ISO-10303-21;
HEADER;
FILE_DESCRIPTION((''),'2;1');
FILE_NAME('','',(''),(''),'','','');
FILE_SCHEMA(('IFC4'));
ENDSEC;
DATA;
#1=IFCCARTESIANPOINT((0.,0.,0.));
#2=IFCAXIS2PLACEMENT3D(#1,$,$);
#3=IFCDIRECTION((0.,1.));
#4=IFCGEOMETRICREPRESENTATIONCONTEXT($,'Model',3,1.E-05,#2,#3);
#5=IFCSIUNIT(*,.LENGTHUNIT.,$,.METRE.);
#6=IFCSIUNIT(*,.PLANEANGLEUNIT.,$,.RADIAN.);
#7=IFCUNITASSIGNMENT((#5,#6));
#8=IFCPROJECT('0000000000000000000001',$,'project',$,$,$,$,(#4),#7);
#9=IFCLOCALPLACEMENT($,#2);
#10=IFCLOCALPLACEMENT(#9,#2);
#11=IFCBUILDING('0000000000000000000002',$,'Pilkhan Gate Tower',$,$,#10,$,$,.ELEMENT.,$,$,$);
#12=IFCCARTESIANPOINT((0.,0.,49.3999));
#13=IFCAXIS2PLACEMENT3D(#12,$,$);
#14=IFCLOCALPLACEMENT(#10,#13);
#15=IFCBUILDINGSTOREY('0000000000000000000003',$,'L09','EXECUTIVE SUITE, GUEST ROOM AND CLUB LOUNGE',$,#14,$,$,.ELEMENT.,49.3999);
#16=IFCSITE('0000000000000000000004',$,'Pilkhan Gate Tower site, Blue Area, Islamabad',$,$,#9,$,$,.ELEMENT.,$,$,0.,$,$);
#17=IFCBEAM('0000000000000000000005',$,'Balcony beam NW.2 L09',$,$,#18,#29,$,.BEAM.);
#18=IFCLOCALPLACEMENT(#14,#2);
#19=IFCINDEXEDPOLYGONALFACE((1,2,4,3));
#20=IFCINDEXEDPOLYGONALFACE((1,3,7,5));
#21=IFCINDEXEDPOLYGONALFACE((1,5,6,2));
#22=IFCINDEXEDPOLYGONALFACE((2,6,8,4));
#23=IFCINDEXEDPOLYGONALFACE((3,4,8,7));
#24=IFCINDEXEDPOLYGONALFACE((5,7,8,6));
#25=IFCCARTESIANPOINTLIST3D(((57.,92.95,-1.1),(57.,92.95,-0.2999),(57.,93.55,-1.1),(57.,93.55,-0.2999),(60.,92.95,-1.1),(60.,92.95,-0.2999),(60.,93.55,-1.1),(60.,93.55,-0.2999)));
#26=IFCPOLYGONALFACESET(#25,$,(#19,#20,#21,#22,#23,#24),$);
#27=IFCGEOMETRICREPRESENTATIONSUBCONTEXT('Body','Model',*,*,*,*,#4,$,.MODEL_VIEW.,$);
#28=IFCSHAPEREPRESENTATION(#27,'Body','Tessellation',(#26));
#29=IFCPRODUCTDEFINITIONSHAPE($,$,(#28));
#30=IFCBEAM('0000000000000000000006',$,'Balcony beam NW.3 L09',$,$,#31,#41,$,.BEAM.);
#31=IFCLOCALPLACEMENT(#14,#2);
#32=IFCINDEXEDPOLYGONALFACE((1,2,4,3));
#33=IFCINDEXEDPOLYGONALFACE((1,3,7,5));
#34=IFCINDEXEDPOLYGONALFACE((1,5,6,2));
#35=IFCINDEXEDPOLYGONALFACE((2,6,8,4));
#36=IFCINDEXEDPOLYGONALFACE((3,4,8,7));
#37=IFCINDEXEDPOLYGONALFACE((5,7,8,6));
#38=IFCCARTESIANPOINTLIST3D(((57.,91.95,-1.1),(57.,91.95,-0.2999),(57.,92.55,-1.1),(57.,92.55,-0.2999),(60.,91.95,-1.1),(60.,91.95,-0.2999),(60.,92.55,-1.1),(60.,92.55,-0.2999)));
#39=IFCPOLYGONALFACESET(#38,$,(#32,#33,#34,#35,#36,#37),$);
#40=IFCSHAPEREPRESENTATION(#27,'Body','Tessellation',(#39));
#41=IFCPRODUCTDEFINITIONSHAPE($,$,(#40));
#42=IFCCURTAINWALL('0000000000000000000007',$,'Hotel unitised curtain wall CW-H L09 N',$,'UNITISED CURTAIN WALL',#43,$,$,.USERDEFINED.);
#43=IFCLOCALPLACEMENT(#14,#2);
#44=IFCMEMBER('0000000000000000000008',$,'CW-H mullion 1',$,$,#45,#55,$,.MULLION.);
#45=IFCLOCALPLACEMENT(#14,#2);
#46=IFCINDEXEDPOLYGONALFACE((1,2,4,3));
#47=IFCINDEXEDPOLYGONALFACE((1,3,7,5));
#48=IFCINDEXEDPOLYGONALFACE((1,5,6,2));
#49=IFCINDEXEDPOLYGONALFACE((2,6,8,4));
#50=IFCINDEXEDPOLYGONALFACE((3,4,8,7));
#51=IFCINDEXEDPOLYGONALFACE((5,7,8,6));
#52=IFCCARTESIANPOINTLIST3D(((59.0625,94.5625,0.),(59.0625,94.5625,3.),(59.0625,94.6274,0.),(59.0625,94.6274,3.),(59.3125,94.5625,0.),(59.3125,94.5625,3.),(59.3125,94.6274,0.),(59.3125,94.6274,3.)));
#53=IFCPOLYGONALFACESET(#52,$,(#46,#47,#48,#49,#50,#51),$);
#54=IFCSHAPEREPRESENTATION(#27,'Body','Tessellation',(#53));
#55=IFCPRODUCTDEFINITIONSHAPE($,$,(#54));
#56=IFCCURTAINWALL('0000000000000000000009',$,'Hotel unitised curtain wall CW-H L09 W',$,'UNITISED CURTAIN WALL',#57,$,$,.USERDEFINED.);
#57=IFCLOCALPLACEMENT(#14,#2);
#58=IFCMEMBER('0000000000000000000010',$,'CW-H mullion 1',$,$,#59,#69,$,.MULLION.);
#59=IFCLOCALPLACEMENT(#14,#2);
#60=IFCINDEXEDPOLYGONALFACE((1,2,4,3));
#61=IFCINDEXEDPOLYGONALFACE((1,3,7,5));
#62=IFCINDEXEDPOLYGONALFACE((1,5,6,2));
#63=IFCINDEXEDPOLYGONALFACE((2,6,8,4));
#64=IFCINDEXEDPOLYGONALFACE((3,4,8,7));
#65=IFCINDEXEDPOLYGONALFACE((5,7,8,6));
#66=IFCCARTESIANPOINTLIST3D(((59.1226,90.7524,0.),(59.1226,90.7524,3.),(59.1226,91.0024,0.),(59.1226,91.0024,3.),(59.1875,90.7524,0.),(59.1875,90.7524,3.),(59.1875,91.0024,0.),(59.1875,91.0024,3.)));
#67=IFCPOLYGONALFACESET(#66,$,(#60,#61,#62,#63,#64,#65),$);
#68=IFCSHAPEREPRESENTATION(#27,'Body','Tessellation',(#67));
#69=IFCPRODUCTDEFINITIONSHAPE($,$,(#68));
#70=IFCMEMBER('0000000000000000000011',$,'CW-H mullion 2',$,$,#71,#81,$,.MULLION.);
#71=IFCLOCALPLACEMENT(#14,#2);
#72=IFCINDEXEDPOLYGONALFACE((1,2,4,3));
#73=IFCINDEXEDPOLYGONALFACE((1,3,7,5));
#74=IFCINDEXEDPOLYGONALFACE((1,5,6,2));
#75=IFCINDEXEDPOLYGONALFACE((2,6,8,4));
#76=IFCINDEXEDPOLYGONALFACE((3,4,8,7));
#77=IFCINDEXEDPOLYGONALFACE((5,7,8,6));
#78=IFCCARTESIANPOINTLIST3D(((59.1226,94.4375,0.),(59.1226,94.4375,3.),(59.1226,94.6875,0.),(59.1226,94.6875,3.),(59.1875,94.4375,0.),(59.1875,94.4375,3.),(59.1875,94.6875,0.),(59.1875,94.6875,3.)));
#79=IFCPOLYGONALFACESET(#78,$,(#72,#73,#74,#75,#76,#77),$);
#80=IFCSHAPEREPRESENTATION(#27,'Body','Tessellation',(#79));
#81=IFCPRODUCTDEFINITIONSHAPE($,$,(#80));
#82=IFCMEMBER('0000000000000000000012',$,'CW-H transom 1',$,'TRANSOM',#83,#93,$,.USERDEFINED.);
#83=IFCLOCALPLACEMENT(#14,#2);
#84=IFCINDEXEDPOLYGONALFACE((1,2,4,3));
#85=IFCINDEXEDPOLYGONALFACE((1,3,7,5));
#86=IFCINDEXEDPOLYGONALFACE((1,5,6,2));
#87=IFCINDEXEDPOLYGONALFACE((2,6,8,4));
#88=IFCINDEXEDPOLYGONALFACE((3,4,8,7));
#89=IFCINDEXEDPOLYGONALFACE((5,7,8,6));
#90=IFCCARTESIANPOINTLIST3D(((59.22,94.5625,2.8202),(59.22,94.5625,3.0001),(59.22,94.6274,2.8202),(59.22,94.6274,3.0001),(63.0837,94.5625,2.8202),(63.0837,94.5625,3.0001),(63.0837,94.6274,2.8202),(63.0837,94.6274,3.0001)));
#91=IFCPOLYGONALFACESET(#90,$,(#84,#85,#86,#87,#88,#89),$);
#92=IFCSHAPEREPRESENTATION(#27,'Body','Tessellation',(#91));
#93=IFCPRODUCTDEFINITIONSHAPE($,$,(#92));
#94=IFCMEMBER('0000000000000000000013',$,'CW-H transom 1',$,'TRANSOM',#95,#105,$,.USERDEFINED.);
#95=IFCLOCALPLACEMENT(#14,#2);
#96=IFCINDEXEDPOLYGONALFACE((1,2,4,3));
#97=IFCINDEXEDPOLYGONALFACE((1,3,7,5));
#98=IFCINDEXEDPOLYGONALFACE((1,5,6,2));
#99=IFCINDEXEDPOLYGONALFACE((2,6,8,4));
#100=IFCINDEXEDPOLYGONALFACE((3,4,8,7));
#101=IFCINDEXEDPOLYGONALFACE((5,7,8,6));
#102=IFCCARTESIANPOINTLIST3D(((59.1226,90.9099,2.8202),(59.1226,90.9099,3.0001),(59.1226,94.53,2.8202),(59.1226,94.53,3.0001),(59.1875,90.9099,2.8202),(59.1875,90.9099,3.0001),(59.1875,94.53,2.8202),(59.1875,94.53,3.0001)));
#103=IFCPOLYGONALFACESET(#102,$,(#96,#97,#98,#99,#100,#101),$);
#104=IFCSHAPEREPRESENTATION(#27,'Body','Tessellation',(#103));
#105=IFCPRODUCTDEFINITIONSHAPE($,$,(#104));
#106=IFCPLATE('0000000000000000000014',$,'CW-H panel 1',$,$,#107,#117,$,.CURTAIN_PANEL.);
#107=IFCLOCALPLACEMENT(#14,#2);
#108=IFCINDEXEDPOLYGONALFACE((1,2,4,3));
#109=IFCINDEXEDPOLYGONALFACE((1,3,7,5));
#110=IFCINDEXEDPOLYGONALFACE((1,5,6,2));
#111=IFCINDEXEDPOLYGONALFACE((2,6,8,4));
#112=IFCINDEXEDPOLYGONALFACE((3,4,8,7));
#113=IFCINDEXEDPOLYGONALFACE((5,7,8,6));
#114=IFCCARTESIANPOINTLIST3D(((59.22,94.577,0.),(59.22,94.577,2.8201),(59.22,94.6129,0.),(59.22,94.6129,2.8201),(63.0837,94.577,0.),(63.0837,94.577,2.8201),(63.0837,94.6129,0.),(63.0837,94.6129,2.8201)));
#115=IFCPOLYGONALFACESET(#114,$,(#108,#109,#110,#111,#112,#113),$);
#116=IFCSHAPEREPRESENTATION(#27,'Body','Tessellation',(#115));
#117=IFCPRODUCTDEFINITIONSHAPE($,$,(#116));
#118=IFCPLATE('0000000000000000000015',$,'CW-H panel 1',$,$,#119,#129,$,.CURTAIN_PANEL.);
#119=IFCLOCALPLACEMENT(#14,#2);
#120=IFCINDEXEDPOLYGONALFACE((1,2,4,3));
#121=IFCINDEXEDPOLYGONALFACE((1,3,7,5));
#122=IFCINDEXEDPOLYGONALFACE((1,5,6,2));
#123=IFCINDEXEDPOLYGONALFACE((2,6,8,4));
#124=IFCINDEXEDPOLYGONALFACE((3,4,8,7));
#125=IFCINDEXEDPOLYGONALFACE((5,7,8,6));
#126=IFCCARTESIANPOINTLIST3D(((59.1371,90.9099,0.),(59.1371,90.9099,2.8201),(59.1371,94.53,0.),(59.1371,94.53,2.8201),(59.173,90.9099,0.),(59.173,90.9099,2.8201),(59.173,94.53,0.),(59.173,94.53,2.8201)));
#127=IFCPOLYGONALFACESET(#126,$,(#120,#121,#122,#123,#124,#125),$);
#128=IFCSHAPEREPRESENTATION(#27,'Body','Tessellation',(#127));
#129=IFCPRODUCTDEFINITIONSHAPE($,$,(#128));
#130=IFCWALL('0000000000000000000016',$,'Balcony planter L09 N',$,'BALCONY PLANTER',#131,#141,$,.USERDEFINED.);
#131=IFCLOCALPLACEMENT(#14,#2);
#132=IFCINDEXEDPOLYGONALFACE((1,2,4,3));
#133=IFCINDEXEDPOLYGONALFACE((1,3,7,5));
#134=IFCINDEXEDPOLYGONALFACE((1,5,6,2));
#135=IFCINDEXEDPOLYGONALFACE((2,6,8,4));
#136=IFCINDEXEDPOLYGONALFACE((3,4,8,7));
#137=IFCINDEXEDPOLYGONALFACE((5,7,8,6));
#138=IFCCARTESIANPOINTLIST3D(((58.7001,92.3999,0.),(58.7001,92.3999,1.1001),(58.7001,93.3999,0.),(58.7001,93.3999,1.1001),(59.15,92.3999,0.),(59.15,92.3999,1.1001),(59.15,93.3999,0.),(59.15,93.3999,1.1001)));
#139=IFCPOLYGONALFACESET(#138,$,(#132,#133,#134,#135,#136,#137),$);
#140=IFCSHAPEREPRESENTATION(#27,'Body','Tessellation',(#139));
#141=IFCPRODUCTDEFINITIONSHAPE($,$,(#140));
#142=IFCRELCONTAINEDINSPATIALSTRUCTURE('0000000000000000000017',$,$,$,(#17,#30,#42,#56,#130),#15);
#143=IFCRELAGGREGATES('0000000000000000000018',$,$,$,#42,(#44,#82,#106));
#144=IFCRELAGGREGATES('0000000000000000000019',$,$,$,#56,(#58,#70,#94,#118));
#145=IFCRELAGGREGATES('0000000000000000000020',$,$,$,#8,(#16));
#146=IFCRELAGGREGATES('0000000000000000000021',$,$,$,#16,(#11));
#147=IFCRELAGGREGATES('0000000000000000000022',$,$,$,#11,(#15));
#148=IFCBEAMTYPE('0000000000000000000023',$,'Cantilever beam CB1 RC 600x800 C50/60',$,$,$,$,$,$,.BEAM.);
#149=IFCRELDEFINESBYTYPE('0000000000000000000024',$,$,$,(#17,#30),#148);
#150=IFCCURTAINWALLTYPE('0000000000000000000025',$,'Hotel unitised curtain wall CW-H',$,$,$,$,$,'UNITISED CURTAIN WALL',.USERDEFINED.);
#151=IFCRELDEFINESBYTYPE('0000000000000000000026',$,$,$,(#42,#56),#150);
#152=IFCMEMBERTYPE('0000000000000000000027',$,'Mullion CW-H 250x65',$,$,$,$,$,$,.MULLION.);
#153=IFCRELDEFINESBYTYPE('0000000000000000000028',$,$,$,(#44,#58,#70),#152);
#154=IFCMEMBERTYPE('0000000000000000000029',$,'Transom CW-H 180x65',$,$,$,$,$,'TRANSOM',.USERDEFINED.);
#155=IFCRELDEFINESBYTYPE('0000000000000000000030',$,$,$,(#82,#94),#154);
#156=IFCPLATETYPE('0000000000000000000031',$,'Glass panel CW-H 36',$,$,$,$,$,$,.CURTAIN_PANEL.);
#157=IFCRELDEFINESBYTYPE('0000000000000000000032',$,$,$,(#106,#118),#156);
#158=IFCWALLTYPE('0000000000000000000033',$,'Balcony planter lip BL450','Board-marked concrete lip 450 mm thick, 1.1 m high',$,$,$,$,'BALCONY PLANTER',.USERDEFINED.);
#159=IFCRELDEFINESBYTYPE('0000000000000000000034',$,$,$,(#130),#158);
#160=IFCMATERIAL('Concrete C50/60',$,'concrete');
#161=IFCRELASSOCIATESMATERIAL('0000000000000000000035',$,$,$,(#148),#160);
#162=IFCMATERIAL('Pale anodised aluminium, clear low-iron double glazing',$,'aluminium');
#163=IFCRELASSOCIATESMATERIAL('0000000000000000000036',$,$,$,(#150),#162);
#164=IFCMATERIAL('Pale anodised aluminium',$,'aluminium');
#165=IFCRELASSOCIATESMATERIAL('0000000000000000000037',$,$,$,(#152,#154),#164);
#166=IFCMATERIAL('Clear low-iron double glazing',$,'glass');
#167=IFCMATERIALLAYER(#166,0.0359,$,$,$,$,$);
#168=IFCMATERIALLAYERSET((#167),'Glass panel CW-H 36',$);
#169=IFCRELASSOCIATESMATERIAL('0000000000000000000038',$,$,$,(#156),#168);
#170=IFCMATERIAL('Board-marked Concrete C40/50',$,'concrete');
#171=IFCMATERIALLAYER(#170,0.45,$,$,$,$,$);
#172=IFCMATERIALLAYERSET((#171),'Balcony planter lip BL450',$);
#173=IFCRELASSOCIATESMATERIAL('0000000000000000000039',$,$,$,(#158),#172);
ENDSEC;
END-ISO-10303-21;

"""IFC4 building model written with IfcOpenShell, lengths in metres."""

from ifc_helpers import new_model, si_unit, direction, frame, frame_2d, origin, origin_2d, place, context, subcontext, project, spatial, rectangle, extrude, material, layer, layer_set, material_profile, profile_set, type_object, element, aggregate, save


model = new_model("IFC4")

# Units and contexts
model_context = context("Model", 3, precision=1e-05, world=origin(), true_north=direction((0.0, 1.0)))
body_context = subcontext(model_context, "Body", "Model", "MODEL_VIEW")
ifc_project = project(units=[si_unit("LENGTHUNIT", "METRE"), si_unit("PLANEANGLEUNIT", "RADIAN")], contexts=[model_context])

# Site, building, storey
site_placement = place(None, origin())
site = spatial("IfcSite", under=ifc_project, at=site_placement, Name="Pilkhan Gate Tower site, Blue Area, Islamabad", CompositionType="ELEMENT", RefElevation=0.0)
building_placement = place(site_placement, origin())
building = spatial("IfcBuilding", under=site, at=building_placement, Name="Pilkhan Gate Tower", CompositionType="ELEMENT")
storey_placement = place(building_placement, frame((0.0, 0.0, 49.3999)))
storey = spatial("IfcBuildingStorey", under=building, at=storey_placement, Name="L09", Description="EXECUTIVE SUITE, GUEST ROOM AND CLUB LOUNGE", CompositionType="ELEMENT", Elevation=49.3999)

# Beams
ifc_material_1 = material(Name="Concrete C50/60", Category="concrete")
ifc_material_profile_1 = material_profile(ifc_material_1, rectangle(XDim=0.6001, YDim=0.8, at=origin_2d()), Name="RC 600x800")
ifc_profile_set_1 = profile_set([ifc_material_profile_1], Name="Concrete C50/60")
beam_type = type_object("IfcBeamType", Name="Cantilever beam CB1 RC 600x800 C50/60", PredefinedType="BEAM", material=ifc_profile_set_1)
for number, where, z_axis, x_axis, name in (
    (1, (60.0, 93.25, -0.7), (-1.0, 0.0, 0.0), (0.0, -1.0, 0.0), "Balcony beam NW.2 L09"),
    (2, (60.0, 92.25, -0.7), (-1.0, 0.0, 0.0), (0.0, -1.0, 0.0), "Balcony beam NW.3 L09"),
):
    element("IfcBeam", number, at=place(storey_placement, frame(where, z_axis=z_axis, x_axis=x_axis)), inside=storey, type_object=beam_type, Name=name, PredefinedType="BEAM", context=body_context, shape_type="SweptSolid", body=[
        extrude(rectangle(XDim=0.6001, YDim=0.8, at=origin_2d()), origin(), (0.0, 0.0, 1.0), 3.0),
    ])

# Curtain wall, member
ifc_material_2 = material(Name="Pale anodised aluminium, clear low-iron double glazing", Category="aluminium")
curtain_wall_type = type_object("IfcCurtainWallType", Name="Hotel unitised curtain wall CW-H", ElementType="UNITISED CURTAIN WALL", PredefinedType="USERDEFINED", material=ifc_material_2)
curtain_wall_1_placement = place(storey_placement, origin())
curtain_wall_1 = element("IfcCurtainWall", 3, at=curtain_wall_1_placement, inside=storey, type_object=curtain_wall_type, Name="Hotel unitised curtain wall CW-H L09 N", ObjectType="UNITISED CURTAIN WALL", PredefinedType="USERDEFINED")
ifc_material_3 = material(Name="Pale anodised aluminium", Category="aluminium")
ifc_material_profile_2 = material_profile(ifc_material_3, rectangle(XDim=0.0649, YDim=0.25, at=origin_2d()), Name="Mullion 250x65")
ifc_profile_set_2 = profile_set([ifc_material_profile_2], Name="Pale anodised aluminium")
member_type_1 = type_object("IfcMemberType", Name="Mullion CW-H 250x65", PredefinedType="MULLION", material=ifc_profile_set_2)
member_1_placement = place(storey_placement, frame((59.1875, 94.595, 0.0), z_axis=(0.0, 0.0, 1.0), x_axis=(0.0, 1.0, 0.0)))
member_1 = element("IfcMember", 4, at=member_1_placement, type_object=member_type_1, Name="CW-H mullion 1", PredefinedType="MULLION", context=body_context, shape_type="SweptSolid", body=[
    extrude(rectangle(XDim=0.0649, YDim=0.25, at=origin_2d()), origin(), (0.0, 0.0, 1.0), 3.0),
])

# Curtain wall, members
curtain_wall_2_placement = place(storey_placement, origin())
curtain_wall_2 = element("IfcCurtainWall", 5, at=curtain_wall_2_placement, inside=storey, type_object=curtain_wall_type, Name="Hotel unitised curtain wall CW-H L09 W", ObjectType="UNITISED CURTAIN WALL", PredefinedType="USERDEFINED")
member_2_placement = place(storey_placement, frame((59.155, 90.8774, 0.0), z_axis=(0.0, 0.0, 1.0), x_axis=(-1.0, 0.0, 0.0)))
member_2 = element("IfcMember", 6, at=member_2_placement, type_object=member_type_1, Name="CW-H mullion 1", PredefinedType="MULLION", context=body_context, shape_type="SweptSolid", body=[
    extrude(rectangle(XDim=0.0649, YDim=0.25, at=origin_2d()), origin(), (0.0, 0.0, 1.0), 3.0),
])
member_3_placement = place(storey_placement, frame((59.155, 94.5625, 0.0), z_axis=(0.0, 0.0, 1.0), x_axis=(-1.0, 0.0, 0.0)))
member_3 = element("IfcMember", 7, at=member_3_placement, type_object=member_type_1, Name="CW-H mullion 2", PredefinedType="MULLION", context=body_context, shape_type="SweptSolid", body=[
    extrude(rectangle(XDim=0.0649, YDim=0.25, at=origin_2d()), origin(), (0.0, 0.0, 1.0), 3.0),
])

# Members
ifc_material_profile_3 = material_profile(ifc_material_3, rectangle(XDim=0.0649, YDim=0.1799, at=origin_2d()), Name="Transom 180x65")
ifc_profile_set_3 = profile_set([ifc_material_profile_3], Name="Pale anodised aluminium")
member_type_2 = type_object("IfcMemberType", Name="Transom CW-H 180x65", ElementType="TRANSOM", PredefinedType="USERDEFINED", material=ifc_profile_set_3)
member_4_placement = place(storey_placement, frame((59.22, 94.595, 2.9102), z_axis=(1.0, 0.0, 0.0), x_axis=(0.0, 1.0, 0.0)))
member_4 = element("IfcMember", 8, at=member_4_placement, type_object=member_type_2, Name="CW-H transom 1", ObjectType="TRANSOM", PredefinedType="USERDEFINED", context=body_context, shape_type="SweptSolid", body=[
    extrude(rectangle(XDim=0.0649, YDim=0.1799, at=origin_2d()), origin(), (0.0, 0.0, 1.0), 3.8638),
])
member_5_placement = place(storey_placement, frame((59.155, 90.9099, 2.9102), z_axis=(0.0, 1.0, 0.0), x_axis=(-1.0, 0.0, 0.0)))
member_5 = element("IfcMember", 9, at=member_5_placement, type_object=member_type_2, Name="CW-H transom 1", ObjectType="TRANSOM", PredefinedType="USERDEFINED", context=body_context, shape_type="SweptSolid", body=[
    extrude(rectangle(XDim=0.0649, YDim=0.1799, at=origin_2d()), origin(), (0.0, 0.0, 1.0), 3.6201),
])

# Plates
ifc_material_4 = material(Name="Clear low-iron double glazing", Category="glass")
ifc_layer_1 = layer(ifc_material_4, 0.0359)
ifc_layer_set_1 = layer_set([ifc_layer_1], Name="Glass panel CW-H 36")
plate_type = type_object("IfcPlateType", Name="Glass panel CW-H 36", PredefinedType="CURTAIN_PANEL", material=ifc_layer_set_1)
plate_1_placement = place(storey_placement, frame((61.1519, 94.595, 0.0), z_axis=(0.0, 0.0, 1.0), x_axis=(1.0, 0.0, 0.0)))
plate_1 = element("IfcPlate", 10, at=plate_1_placement, type_object=plate_type, Name="CW-H panel 1", PredefinedType="CURTAIN_PANEL", context=body_context, shape_type="SweptSolid", body=[
    extrude(rectangle(XDim=3.8638, YDim=0.0359, at=origin_2d()), origin(), (0.0, 0.0, 1.0), 2.8201),
])
aggregate(curtain_wall_1, [member_1, member_4, plate_1])
plate_2_placement = place(storey_placement, frame((59.155, 92.72, 0.0), z_axis=(0.0, 0.0, 1.0), x_axis=(0.0, 1.0, 0.0)))
plate_2 = element("IfcPlate", 11, at=plate_2_placement, type_object=plate_type, Name="CW-H panel 1", PredefinedType="CURTAIN_PANEL", context=body_context, shape_type="SweptSolid", body=[
    extrude(rectangle(XDim=3.6201, YDim=0.0359, at=origin_2d()), origin(), (0.0, 0.0, 1.0), 2.8201),
])
aggregate(curtain_wall_2, [member_2, member_3, member_5, plate_2])

# Wall
ifc_material_5 = material(Name="Board-marked Concrete C40/50", Category="concrete")
ifc_layer_2 = layer(ifc_material_5, 0.45)
ifc_layer_set_2 = layer_set([ifc_layer_2], Name="Balcony planter lip BL450")
wall_type_1 = type_object("IfcWallType", Name="Balcony planter lip BL450", Description="Board-marked concrete lip 450 mm thick, 1.1 m high", ElementType="BALCONY PLANTER", PredefinedType="USERDEFINED", material=ifc_layer_set_2)
wall_1_placement = place(storey_placement, frame((58.925, 92.3999, 0.0), z_axis=(0.0, 0.0, 1.0), x_axis=(0.0, 1.0, 0.0)))
element("IfcWall", 12, at=wall_1_placement, inside=storey, type_object=wall_type_1, Name="Balcony planter L09 N", ObjectType="BALCONY PLANTER", PredefinedType="USERDEFINED", context=body_context, shape_type="SweptSolid", body=[
    extrude(rectangle(XDim=1.0, YDim=0.45, at=frame_2d((0.5, 0.0))), origin(), (0.0, 0.0, 1.0), 1.1001),
])

save(model, "model.ifc")
